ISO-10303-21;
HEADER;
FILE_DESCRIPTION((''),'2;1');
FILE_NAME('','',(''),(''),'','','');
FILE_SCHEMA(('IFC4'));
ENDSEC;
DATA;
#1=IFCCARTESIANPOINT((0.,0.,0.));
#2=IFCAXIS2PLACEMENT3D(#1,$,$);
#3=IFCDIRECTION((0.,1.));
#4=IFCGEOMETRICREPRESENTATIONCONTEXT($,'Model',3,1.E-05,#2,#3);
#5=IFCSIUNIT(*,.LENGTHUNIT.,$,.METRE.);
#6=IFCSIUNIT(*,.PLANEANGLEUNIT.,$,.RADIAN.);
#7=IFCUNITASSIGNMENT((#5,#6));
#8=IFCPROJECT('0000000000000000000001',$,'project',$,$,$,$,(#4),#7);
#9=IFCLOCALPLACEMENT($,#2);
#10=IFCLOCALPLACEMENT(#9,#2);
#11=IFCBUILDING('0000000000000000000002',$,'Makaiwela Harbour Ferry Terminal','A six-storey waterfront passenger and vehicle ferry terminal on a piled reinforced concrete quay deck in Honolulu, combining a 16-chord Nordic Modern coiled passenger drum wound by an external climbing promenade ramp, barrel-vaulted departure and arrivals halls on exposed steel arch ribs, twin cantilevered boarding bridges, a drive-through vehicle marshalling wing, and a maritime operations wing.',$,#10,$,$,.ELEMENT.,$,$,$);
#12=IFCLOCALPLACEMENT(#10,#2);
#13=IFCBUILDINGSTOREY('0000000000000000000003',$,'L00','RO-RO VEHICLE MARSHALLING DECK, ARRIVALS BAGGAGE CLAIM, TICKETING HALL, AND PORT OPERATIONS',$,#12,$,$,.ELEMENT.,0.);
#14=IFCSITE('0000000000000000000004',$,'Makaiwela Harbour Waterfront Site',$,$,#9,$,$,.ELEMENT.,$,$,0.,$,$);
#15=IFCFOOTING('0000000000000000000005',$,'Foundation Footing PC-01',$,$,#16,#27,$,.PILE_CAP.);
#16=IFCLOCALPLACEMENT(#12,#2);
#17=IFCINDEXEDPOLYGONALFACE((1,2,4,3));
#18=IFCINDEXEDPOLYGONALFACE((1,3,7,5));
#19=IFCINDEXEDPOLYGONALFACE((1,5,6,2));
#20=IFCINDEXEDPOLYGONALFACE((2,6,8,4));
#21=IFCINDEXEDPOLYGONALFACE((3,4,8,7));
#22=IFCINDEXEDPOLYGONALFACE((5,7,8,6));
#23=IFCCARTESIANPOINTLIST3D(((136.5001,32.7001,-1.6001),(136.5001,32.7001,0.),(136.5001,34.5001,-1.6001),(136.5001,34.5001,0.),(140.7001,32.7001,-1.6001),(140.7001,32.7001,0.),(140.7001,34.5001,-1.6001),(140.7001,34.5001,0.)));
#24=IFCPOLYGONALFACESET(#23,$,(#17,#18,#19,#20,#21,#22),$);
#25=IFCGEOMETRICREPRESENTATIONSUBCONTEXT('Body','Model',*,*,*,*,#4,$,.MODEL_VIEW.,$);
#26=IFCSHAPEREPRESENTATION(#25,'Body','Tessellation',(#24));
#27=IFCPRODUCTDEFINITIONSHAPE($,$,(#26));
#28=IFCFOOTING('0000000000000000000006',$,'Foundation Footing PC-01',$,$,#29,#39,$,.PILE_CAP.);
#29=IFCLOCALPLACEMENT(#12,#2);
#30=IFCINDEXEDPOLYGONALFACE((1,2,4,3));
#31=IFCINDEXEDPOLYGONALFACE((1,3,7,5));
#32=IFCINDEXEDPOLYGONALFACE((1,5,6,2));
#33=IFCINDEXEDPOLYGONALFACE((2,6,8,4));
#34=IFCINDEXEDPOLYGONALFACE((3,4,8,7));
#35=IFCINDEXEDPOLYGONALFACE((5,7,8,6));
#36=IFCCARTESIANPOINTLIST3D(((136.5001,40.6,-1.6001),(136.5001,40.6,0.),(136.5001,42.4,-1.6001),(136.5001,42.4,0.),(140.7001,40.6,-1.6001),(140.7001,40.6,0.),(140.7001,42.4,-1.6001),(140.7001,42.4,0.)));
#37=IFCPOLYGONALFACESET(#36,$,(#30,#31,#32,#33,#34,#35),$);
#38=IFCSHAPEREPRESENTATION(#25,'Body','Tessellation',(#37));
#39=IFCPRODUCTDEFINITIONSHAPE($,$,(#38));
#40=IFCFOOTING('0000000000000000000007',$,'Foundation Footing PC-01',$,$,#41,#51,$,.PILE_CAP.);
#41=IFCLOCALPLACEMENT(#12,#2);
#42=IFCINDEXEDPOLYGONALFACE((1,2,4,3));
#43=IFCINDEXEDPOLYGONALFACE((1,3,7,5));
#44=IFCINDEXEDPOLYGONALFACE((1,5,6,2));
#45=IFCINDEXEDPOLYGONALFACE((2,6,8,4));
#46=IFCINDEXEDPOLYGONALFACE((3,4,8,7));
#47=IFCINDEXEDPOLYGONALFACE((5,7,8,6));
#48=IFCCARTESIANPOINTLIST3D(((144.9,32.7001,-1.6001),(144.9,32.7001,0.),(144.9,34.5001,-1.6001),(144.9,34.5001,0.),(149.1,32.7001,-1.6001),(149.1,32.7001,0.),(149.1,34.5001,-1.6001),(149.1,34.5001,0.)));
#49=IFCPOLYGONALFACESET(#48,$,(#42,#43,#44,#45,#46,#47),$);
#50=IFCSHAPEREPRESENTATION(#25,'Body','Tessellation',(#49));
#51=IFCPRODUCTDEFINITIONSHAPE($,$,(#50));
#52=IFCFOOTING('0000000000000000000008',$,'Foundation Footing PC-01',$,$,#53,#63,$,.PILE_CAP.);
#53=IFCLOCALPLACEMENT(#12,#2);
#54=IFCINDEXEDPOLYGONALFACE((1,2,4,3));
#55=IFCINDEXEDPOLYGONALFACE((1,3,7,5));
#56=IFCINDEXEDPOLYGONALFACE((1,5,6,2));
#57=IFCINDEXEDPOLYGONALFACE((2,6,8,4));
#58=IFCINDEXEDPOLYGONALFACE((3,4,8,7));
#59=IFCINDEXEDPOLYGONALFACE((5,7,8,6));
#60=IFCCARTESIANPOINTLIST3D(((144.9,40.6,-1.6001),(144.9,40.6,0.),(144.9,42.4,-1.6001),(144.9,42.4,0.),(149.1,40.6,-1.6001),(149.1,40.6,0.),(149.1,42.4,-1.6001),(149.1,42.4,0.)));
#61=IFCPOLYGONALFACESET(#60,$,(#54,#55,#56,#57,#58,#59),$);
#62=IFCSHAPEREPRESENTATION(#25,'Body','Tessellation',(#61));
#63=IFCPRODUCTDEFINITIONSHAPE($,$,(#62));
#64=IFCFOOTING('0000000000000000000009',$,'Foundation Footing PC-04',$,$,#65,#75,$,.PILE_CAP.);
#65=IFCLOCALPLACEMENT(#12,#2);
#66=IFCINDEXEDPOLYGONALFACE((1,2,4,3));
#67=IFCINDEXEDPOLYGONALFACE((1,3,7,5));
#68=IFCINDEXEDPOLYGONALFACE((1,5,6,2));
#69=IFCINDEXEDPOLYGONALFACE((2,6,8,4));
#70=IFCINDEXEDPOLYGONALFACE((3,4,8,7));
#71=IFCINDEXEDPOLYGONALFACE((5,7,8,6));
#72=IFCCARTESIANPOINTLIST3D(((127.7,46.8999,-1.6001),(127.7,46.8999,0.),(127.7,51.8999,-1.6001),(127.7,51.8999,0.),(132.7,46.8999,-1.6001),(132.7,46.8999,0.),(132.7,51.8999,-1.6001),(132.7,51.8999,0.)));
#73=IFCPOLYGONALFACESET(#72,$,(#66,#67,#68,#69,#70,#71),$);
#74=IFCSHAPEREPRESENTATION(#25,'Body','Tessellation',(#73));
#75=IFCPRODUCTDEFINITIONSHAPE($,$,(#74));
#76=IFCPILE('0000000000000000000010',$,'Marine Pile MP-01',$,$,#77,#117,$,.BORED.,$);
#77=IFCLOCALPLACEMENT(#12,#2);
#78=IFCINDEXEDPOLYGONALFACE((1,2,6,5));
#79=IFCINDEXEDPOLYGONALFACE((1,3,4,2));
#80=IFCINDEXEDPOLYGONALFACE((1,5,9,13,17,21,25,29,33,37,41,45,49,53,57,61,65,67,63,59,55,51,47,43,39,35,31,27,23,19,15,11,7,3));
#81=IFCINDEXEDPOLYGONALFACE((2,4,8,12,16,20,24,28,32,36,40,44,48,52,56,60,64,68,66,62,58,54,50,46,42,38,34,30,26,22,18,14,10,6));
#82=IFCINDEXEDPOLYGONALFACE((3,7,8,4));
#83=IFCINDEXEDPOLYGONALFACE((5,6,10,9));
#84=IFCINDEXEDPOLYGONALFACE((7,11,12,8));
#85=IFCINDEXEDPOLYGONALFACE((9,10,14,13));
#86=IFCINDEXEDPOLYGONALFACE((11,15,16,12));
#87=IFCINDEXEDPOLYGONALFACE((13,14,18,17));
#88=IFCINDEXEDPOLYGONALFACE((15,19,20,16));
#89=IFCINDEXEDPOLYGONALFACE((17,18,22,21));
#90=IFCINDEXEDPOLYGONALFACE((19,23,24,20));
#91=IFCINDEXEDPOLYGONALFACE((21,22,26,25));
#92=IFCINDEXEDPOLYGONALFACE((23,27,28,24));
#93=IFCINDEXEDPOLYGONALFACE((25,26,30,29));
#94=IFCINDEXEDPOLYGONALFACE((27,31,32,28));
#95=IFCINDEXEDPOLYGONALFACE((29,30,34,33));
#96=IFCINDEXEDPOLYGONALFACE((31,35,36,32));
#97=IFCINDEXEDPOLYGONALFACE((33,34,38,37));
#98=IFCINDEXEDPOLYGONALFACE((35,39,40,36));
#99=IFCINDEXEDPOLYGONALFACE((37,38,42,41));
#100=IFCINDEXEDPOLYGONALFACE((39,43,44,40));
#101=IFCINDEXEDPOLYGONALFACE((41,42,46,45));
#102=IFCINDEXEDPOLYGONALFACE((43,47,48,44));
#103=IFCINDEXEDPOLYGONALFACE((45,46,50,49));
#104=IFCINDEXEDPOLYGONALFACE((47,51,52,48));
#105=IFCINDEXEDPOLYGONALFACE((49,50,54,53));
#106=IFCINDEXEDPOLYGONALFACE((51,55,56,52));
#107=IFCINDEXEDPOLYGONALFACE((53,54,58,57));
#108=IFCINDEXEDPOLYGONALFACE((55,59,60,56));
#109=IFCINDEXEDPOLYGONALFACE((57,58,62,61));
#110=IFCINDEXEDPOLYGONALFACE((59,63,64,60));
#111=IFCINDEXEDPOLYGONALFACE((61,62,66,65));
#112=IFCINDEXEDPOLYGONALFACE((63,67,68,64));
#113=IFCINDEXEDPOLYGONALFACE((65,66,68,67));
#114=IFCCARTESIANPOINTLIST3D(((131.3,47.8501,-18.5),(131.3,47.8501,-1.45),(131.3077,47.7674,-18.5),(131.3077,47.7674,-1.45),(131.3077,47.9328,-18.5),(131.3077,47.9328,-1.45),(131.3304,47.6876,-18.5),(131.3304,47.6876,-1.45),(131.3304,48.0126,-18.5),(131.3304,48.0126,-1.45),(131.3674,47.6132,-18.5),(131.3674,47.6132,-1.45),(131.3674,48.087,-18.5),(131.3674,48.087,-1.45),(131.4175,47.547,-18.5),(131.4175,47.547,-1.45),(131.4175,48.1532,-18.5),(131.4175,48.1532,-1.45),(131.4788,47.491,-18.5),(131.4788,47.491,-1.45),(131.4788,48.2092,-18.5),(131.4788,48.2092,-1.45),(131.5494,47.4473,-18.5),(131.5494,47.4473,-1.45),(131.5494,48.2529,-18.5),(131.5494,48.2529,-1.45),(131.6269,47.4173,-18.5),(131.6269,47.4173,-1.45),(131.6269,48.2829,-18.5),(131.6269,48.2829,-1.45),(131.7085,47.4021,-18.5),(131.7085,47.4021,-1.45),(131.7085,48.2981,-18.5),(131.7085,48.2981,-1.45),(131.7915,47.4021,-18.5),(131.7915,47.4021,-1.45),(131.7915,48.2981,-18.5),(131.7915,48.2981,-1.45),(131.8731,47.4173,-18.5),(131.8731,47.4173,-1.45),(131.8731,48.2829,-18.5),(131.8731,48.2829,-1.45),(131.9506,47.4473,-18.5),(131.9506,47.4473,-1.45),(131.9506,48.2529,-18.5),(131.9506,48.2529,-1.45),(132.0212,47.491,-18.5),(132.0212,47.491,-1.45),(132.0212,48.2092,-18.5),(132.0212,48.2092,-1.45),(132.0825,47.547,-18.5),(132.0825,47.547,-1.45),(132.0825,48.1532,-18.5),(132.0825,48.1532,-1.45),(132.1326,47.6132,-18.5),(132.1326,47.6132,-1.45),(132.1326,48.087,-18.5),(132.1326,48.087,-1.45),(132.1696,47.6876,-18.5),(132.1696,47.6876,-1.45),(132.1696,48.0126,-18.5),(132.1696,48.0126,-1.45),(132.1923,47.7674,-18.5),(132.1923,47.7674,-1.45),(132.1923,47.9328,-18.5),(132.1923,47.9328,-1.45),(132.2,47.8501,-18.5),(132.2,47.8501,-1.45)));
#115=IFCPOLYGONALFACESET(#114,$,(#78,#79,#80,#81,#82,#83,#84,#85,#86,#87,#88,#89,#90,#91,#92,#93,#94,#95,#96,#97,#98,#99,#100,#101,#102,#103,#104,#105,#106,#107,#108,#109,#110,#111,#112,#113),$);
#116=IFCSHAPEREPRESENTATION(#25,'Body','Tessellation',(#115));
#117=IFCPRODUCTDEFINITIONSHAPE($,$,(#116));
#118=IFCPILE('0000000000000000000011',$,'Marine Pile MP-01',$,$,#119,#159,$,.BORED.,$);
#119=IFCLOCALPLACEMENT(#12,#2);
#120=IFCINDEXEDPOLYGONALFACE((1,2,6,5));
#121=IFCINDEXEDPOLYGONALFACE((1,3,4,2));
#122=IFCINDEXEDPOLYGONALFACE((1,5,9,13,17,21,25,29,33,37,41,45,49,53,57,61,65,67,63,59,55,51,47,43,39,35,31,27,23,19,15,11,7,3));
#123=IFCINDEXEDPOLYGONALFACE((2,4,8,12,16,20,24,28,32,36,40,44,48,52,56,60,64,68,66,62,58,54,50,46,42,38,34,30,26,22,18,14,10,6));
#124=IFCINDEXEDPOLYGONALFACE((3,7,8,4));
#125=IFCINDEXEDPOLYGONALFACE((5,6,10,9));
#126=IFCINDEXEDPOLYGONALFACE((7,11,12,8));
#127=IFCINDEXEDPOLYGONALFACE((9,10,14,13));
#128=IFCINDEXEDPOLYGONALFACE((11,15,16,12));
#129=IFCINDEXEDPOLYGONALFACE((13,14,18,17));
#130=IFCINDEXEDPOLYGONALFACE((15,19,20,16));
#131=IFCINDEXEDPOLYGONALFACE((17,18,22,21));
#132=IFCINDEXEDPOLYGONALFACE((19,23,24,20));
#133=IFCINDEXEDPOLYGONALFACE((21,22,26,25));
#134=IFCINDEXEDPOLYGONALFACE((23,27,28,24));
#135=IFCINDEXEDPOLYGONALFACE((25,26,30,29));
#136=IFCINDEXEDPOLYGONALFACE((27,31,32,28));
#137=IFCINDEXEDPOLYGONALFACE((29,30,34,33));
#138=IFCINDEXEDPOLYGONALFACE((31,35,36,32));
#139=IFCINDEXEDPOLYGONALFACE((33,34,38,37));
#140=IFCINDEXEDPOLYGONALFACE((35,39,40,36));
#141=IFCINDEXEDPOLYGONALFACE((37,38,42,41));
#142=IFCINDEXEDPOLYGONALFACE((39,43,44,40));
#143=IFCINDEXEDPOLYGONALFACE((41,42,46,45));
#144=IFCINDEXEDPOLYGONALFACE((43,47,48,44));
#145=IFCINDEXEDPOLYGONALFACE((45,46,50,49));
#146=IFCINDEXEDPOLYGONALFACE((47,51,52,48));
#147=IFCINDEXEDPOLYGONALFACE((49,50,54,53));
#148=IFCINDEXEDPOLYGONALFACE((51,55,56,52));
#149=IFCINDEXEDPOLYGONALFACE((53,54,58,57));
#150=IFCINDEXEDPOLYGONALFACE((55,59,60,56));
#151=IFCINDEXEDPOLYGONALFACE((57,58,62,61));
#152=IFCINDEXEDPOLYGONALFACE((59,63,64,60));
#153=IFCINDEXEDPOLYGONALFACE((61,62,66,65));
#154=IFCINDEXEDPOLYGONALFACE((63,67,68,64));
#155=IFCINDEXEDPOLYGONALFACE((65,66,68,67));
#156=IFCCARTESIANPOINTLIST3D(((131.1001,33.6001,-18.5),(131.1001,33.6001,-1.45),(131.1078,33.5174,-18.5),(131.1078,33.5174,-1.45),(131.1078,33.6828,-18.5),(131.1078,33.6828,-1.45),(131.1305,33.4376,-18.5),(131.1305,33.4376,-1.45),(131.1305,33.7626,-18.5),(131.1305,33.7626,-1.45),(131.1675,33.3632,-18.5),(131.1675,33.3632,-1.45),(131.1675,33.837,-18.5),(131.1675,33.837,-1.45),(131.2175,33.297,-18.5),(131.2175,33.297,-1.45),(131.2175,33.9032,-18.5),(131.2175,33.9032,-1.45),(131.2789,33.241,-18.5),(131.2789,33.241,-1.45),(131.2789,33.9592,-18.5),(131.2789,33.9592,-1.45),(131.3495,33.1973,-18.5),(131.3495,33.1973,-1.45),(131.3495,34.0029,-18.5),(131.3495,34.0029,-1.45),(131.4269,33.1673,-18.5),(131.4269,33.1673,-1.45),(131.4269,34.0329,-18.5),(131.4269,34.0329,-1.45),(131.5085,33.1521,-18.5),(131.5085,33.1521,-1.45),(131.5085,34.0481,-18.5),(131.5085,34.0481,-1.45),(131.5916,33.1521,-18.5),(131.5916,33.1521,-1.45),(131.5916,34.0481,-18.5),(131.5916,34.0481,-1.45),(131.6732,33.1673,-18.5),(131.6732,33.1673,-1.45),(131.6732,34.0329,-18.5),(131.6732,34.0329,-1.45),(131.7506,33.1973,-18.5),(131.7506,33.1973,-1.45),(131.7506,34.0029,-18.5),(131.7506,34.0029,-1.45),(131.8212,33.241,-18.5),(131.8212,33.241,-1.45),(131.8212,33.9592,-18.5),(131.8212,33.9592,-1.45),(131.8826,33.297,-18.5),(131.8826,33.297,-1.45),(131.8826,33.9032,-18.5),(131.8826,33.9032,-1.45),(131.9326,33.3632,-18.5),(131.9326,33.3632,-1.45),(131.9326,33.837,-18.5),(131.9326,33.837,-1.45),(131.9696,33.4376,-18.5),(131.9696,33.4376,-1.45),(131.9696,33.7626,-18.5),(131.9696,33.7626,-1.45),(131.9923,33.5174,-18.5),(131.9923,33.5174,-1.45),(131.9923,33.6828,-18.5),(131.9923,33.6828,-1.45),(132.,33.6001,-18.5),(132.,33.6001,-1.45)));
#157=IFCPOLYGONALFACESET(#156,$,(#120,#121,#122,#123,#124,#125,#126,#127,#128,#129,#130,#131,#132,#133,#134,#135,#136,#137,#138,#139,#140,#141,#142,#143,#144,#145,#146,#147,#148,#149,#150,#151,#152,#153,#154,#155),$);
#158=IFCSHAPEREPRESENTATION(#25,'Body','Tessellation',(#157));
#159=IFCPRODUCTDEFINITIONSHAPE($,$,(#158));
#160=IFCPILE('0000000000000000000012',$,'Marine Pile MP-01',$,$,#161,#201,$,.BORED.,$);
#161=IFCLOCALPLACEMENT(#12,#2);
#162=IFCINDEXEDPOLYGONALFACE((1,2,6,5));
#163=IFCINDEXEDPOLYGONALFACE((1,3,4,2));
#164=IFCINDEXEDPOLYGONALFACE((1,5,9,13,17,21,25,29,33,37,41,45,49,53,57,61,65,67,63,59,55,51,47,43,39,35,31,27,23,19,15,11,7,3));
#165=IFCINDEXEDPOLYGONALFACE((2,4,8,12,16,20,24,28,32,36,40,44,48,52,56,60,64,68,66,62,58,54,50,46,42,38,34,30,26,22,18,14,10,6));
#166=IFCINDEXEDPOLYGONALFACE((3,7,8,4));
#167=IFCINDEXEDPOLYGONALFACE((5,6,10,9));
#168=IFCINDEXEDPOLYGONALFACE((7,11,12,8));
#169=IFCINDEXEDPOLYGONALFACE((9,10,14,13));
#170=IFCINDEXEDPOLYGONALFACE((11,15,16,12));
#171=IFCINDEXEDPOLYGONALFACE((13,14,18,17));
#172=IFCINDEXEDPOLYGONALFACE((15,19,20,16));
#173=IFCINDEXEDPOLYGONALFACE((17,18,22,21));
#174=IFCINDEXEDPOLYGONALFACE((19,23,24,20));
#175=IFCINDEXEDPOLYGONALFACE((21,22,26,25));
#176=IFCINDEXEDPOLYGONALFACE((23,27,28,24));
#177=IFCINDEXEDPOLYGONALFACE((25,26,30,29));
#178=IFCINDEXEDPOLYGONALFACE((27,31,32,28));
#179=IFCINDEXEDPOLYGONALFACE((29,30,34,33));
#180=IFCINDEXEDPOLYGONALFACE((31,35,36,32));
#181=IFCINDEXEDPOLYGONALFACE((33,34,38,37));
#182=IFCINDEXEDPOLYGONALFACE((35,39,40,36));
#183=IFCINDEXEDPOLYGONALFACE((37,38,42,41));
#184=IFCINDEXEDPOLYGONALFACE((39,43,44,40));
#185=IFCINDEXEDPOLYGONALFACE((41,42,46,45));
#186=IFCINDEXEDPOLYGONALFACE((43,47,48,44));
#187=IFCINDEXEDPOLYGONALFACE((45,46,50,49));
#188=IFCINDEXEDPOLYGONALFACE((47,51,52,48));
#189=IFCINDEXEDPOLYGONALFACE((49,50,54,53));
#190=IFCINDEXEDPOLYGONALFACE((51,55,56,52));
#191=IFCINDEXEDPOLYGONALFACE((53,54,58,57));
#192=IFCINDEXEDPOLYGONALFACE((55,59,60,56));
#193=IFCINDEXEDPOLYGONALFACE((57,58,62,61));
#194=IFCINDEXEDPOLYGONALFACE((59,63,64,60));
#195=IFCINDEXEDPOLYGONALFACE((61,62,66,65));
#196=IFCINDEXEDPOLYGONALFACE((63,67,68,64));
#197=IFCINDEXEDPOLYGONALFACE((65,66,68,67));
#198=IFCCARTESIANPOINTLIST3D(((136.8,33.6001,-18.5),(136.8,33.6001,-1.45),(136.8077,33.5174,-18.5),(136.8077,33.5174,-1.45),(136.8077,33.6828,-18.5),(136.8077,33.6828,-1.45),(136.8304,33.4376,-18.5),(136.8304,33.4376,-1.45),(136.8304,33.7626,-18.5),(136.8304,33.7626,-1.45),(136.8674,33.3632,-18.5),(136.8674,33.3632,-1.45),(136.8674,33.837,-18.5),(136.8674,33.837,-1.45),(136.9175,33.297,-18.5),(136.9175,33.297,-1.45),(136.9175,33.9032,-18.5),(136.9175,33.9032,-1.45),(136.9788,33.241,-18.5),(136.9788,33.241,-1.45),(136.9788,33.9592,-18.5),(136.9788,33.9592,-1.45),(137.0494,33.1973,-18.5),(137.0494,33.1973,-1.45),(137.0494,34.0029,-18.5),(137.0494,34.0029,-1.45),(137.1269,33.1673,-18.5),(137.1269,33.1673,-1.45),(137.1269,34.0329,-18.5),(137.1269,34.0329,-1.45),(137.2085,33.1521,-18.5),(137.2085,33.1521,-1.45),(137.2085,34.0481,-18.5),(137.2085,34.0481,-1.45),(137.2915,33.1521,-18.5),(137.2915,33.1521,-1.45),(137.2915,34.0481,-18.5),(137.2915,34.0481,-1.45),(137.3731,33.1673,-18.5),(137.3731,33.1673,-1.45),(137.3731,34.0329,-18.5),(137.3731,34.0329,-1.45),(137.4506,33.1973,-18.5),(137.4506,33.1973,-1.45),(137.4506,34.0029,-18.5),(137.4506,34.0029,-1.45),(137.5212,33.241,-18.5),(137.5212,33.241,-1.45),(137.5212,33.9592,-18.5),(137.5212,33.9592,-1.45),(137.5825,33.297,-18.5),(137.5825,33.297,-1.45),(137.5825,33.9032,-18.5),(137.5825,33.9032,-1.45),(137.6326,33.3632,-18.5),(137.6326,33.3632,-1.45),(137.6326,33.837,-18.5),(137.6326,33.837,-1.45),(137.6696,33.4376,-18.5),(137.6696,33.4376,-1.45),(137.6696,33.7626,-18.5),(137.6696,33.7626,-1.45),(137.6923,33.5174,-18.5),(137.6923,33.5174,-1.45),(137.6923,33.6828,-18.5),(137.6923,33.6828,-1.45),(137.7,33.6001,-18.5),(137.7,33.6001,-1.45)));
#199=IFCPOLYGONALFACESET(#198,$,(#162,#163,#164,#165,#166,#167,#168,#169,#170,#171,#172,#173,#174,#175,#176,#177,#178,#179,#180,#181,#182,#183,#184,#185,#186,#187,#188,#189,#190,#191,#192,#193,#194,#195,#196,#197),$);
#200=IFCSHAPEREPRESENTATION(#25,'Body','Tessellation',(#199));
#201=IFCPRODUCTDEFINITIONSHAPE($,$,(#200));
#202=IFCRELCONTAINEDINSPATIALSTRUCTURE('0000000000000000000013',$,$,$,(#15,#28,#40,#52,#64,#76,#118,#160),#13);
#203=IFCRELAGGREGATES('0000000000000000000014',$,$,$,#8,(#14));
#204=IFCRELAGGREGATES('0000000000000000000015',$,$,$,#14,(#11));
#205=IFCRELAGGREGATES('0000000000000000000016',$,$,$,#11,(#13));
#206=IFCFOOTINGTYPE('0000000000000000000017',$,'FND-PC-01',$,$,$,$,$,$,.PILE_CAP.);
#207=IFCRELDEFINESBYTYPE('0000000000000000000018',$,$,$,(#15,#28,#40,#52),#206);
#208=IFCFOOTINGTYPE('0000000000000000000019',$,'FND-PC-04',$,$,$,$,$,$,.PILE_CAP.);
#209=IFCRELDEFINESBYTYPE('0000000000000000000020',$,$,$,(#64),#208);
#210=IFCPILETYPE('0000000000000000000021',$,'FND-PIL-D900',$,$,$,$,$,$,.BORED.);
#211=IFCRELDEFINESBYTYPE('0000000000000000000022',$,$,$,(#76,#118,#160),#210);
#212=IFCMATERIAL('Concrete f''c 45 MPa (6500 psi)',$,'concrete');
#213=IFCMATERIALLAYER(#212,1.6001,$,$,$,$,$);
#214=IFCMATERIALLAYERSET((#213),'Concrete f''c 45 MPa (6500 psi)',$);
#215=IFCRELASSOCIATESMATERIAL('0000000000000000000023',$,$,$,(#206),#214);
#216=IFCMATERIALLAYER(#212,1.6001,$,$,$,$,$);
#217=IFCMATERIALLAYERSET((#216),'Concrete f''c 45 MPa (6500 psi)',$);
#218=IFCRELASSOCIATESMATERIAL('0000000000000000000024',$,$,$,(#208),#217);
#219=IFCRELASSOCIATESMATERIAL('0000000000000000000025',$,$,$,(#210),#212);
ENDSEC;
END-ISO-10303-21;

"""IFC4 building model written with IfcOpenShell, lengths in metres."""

from ifc_helpers import new_model, si_unit, direction, frame, origin, origin_2d, place, context, subcontext, project, spatial, rectangle, circle, extrude, material, layer, layer_set, material_profile, profile_set, type_object, element, save


model = new_model("IFC4")

# Units and contexts
model_context = context("Model", 3, precision=1e-05, world=origin(), true_north=direction((0.0, 1.0)))
body_context = subcontext(model_context, "Body", "Model", "MODEL_VIEW")
ifc_project = project(units=[si_unit("LENGTHUNIT", "METRE"), si_unit("PLANEANGLEUNIT", "RADIAN")], contexts=[model_context])

# Site, building, storey
site_placement = place(None, origin())
site = spatial("IfcSite", under=ifc_project, at=site_placement, Name="Makaiwela Harbour Waterfront Site", CompositionType="ELEMENT", RefElevation=0.0)
building_placement = place(site_placement, origin())
building = spatial("IfcBuilding", under=site, at=building_placement, Name="Makaiwela Harbour Ferry Terminal", Description="A six-storey waterfront passenger and vehicle ferry terminal on a piled reinforced concrete quay deck in Honolulu, combining a 16-chord Nordic Modern coiled passenger drum wound by an external climbing promenade ramp, barrel-vaulted departure and arrivals halls on exposed steel arch ribs, twin cantilevered boarding bridges, a drive-through vehicle marshalling wing, and a maritime operations wing.", CompositionType="ELEMENT")
storey_placement = place(building_placement, origin())
storey = spatial("IfcBuildingStorey", under=building, at=storey_placement, Name="L00", Description="RO-RO VEHICLE MARSHALLING DECK, ARRIVALS BAGGAGE CLAIM, TICKETING HALL, AND PORT OPERATIONS", CompositionType="ELEMENT", Elevation=0.0)

# Footings
ifc_material_1 = material(Name="Concrete f'c 45 MPa (6500 psi)", Category="concrete")
ifc_layer_1 = layer(ifc_material_1, 1.6001)
ifc_layer_set_1 = layer_set([ifc_layer_1], Name="Concrete f'c 45 MPa (6500 psi)")
footing_type_1 = type_object("IfcFootingType", Name="FND-PC-01", PredefinedType="PILE_CAP", material=ifc_layer_set_1)
for number, where, z_axis, x_axis, name in (
    (1, (138.6001, 33.6001, -1.6001), (0.0, 0.0, 1.0), (1.0, 0.0, 0.0), "Foundation Footing PC-01"),
    (2, (138.6001, 41.5, -1.6001), (0.0, 0.0, 1.0), (1.0, 0.0, 0.0), "Foundation Footing PC-01"),
    (3, (147.0, 33.6001, -1.6001), (0.0, 0.0, 1.0), (1.0, 0.0, 0.0), "Foundation Footing PC-01"),
    (4, (147.0, 41.5, -1.6001), (0.0, 0.0, 1.0), (1.0, 0.0, 0.0), "Foundation Footing PC-01"),
):
    element("IfcFooting", number, at=place(storey_placement, frame(where, z_axis=z_axis, x_axis=x_axis)), inside=storey, type_object=footing_type_1, Name=name, PredefinedType="PILE_CAP", context=body_context, shape_type="SweptSolid", body=[
        extrude(rectangle(XDim=4.2, YDim=1.8, at=origin_2d()), origin(), (0.0, 0.0, 1.0), 1.6001),
    ])
ifc_layer_2 = layer(ifc_material_1, 1.6001)
ifc_layer_set_2 = layer_set([ifc_layer_2], Name="Concrete f'c 45 MPa (6500 psi)")
footing_type_2 = type_object("IfcFootingType", Name="FND-PC-04", PredefinedType="PILE_CAP", material=ifc_layer_set_2)
footing_1_placement = place(storey_placement, frame((130.2, 49.3999, -1.6001), z_axis=(0.0, 0.0, 1.0), x_axis=(1.0, 0.0, 0.0)))
element("IfcFooting", 5, at=footing_1_placement, inside=storey, type_object=footing_type_2, Name="Foundation Footing PC-04", PredefinedType="PILE_CAP", context=body_context, shape_type="SweptSolid", body=[
    extrude(rectangle(XDim=5.0, YDim=5.0, at=origin_2d()), origin(), (0.0, 0.0, 1.0), 1.6001),
])

# Piles
ifc_material_profile_1 = material_profile(ifc_material_1, circle(Radius=0.45, at=origin_2d()), Name="PILE-D900")
ifc_profile_set_1 = profile_set([ifc_material_profile_1], Name="Concrete f'c 45 MPa (6500 psi)")
pile_type = type_object("IfcPileType", Name="FND-PIL-D900", PredefinedType="BORED", material=ifc_profile_set_1)
for number, where, z_axis, x_axis, name in (
    (6, (131.75, 47.8501, -1.45), (0.0, 0.0, -1.0), (1.0, 0.0, 0.0), "Marine Pile MP-01"),
    (7, (131.55, 33.6001, -1.45), (0.0, 0.0, -1.0), (1.0, 0.0, 0.0), "Marine Pile MP-01"),
    (8, (137.25, 33.6001, -1.45), (0.0, 0.0, -1.0), (1.0, 0.0, 0.0), "Marine Pile MP-01"),
):
    element("IfcPile", number, at=place(storey_placement, frame(where, z_axis=z_axis, x_axis=x_axis)), inside=storey, type_object=pile_type, Name=name, PredefinedType="BORED", context=body_context, shape_type="SweptSolid", body=[
        extrude(circle(Radius=0.45, at=origin_2d()), origin(), (0.0, 0.0, 1.0), 17.05),
    ])

save(model, "model.ifc")
